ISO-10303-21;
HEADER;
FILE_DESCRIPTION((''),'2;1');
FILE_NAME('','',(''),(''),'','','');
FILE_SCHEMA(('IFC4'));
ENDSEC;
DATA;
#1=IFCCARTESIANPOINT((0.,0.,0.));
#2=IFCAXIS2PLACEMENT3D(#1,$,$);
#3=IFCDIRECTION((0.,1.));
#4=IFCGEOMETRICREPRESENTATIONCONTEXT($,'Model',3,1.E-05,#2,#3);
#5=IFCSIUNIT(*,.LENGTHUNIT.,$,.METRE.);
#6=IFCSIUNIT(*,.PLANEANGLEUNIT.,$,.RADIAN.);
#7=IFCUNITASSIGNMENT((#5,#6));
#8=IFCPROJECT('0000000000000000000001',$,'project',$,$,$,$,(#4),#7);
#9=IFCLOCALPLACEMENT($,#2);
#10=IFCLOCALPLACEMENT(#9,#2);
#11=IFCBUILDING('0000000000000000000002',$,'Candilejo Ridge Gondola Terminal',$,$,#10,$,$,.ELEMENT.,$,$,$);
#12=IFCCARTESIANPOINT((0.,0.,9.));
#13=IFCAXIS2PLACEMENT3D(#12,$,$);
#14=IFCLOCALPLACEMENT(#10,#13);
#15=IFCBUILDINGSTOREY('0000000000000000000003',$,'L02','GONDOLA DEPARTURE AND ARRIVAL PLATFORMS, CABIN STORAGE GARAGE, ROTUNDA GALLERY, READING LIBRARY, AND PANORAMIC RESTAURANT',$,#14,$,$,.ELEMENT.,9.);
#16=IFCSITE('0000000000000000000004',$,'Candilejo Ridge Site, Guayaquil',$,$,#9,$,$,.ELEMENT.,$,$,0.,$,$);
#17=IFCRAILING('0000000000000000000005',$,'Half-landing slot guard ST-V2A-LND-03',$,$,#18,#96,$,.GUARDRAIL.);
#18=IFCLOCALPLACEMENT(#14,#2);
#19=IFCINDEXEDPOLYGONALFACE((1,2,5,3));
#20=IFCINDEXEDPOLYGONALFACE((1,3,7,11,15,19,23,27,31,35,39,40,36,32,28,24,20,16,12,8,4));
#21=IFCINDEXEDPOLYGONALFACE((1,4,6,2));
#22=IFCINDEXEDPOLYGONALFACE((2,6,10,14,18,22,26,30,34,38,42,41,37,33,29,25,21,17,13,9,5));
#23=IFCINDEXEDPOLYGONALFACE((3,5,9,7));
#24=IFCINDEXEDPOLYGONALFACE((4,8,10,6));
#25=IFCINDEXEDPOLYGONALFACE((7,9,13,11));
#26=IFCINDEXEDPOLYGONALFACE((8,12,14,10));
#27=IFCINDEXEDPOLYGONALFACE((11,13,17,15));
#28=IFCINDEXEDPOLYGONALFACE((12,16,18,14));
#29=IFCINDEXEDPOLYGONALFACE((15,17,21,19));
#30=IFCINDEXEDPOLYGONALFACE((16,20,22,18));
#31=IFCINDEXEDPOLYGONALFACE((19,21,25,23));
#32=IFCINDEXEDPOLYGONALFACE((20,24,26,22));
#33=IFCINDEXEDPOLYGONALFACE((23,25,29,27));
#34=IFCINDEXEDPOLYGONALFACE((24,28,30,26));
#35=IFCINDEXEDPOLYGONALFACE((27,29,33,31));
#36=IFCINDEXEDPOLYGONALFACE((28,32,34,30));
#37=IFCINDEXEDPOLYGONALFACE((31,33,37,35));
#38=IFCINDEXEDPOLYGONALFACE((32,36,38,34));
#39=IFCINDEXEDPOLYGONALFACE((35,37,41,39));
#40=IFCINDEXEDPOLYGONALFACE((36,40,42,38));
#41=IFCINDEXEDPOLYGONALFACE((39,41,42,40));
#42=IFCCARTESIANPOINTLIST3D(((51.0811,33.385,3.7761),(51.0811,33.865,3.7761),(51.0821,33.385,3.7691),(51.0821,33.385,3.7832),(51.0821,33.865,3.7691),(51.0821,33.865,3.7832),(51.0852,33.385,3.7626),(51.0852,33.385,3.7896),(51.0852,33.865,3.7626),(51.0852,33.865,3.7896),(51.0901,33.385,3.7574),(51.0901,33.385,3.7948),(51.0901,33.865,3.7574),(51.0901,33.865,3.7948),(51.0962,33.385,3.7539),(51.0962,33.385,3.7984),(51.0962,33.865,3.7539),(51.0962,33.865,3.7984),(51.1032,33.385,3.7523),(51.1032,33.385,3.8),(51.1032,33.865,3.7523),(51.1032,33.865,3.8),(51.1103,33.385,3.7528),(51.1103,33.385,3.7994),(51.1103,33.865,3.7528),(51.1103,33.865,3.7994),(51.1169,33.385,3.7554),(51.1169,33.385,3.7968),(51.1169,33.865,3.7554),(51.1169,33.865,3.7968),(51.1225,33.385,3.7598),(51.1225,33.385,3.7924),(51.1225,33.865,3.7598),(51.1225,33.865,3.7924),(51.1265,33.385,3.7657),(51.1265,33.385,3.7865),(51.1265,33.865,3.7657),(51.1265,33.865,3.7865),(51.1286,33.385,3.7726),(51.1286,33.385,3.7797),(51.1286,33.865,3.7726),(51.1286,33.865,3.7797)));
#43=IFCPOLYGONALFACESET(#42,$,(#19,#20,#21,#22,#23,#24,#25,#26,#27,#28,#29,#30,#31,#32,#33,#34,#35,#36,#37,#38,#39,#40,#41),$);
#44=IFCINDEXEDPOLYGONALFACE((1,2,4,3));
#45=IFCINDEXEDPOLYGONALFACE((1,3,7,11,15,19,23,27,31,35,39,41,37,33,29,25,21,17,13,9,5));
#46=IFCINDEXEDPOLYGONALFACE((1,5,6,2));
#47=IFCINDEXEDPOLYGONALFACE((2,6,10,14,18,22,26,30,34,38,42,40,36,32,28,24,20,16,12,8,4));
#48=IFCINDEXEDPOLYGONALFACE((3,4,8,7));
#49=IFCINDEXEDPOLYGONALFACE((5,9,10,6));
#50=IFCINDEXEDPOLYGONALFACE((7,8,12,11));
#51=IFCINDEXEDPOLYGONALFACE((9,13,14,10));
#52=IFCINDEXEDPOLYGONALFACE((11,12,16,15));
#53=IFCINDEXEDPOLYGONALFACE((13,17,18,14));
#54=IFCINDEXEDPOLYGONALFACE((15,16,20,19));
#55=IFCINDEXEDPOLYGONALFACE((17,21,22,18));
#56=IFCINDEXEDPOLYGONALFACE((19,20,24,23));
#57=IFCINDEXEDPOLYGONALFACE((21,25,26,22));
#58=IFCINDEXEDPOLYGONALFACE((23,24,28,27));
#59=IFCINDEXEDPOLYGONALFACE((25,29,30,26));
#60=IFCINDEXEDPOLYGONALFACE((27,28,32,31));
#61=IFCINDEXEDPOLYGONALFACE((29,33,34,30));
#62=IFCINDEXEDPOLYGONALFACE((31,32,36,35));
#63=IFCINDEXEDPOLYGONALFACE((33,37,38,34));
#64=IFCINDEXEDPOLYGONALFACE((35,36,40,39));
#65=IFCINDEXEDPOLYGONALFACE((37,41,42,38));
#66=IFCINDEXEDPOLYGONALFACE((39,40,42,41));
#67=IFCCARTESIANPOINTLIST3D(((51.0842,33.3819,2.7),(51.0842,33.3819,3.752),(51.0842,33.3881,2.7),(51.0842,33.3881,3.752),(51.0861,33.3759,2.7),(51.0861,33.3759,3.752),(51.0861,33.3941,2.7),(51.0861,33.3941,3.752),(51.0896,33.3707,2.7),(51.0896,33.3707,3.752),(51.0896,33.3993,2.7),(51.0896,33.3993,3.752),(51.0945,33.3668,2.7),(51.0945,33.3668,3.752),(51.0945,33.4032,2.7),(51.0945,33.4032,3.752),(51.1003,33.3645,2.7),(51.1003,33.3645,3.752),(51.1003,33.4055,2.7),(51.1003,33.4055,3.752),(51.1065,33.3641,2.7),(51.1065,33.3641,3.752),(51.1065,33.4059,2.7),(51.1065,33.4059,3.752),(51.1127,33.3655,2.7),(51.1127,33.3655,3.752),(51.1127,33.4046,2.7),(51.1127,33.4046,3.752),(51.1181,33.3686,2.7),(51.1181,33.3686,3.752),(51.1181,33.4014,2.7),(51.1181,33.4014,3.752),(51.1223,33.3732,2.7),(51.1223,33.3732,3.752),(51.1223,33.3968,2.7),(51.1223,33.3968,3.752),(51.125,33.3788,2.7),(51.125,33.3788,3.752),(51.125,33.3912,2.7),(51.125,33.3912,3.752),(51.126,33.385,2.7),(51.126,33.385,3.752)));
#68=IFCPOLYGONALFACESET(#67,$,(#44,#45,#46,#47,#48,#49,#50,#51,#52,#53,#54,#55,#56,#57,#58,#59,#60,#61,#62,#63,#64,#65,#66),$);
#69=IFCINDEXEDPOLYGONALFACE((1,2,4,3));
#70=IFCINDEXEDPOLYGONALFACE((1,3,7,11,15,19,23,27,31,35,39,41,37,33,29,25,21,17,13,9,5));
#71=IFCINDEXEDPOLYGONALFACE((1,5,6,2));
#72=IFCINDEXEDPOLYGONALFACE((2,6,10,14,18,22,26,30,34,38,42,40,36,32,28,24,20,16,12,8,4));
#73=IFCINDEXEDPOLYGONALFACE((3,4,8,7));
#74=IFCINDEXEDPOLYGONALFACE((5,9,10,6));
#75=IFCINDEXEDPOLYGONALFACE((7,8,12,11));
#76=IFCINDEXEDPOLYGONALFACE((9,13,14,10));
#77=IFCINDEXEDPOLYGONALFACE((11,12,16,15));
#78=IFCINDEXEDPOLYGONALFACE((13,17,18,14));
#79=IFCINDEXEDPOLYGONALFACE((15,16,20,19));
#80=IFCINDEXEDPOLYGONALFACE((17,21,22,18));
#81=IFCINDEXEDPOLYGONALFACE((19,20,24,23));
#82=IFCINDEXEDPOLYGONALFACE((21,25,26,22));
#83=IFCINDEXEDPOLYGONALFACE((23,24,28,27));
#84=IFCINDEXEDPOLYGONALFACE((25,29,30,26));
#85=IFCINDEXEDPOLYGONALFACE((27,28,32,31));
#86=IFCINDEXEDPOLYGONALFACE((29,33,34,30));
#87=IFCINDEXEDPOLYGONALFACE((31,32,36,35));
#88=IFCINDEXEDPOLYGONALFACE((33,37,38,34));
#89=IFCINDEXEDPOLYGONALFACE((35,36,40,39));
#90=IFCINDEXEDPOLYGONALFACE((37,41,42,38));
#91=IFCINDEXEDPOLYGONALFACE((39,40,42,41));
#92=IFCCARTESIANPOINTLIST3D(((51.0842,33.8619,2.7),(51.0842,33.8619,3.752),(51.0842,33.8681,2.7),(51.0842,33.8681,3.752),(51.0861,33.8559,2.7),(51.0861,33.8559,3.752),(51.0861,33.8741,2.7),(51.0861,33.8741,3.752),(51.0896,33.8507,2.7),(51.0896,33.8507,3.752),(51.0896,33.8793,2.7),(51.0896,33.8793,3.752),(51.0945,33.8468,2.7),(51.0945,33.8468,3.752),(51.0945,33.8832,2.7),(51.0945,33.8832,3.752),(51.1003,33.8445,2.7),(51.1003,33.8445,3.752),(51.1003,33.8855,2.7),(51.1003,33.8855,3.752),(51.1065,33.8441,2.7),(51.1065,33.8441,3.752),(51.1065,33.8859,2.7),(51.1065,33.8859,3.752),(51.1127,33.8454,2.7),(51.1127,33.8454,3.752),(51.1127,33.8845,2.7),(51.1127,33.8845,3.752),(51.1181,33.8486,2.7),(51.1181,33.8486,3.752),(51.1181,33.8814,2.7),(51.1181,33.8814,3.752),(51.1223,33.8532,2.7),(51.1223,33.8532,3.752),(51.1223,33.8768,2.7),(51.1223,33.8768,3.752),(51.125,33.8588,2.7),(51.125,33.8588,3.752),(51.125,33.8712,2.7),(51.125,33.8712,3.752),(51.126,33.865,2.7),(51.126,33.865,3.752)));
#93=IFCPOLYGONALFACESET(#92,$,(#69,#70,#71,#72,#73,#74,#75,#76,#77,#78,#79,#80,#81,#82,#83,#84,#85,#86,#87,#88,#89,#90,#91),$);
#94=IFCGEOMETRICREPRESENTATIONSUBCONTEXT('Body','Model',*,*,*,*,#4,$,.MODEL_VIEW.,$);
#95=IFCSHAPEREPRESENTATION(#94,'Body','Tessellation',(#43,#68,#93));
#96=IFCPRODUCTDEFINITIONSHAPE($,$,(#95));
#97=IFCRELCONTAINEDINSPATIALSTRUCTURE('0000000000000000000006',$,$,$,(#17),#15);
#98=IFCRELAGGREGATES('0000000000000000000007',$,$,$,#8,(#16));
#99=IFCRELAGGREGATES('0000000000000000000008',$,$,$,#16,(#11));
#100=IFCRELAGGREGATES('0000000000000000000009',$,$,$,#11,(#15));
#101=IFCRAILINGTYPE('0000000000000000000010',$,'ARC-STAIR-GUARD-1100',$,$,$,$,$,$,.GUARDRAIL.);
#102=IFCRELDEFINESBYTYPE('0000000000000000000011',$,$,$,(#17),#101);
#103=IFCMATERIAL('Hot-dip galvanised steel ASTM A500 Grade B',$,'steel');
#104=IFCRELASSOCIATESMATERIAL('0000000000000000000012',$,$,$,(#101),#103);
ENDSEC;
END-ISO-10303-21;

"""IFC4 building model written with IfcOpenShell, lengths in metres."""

from ifc_helpers import new_model, si_unit, direction, frame, origin, origin_2d, place, context, subcontext, project, spatial, circle, extrude, material, type_object, element, save


model = new_model("IFC4")

# Units and contexts
model_context = context("Model", 3, precision=1e-05, world=origin(), true_north=direction((0.0, 1.0)))
body_context = subcontext(model_context, "Body", "Model", "MODEL_VIEW")
ifc_project = project(units=[si_unit("LENGTHUNIT", "METRE"), si_unit("PLANEANGLEUNIT", "RADIAN")], contexts=[model_context])

# Site, building, storey
site_placement = place(None, origin())
site = spatial("IfcSite", under=ifc_project, at=site_placement, Name="Candilejo Ridge Site, Guayaquil", CompositionType="ELEMENT", RefElevation=0.0)
building_placement = place(site_placement, origin())
building = spatial("IfcBuilding", under=site, at=building_placement, Name="Candilejo Ridge Gondola Terminal", CompositionType="ELEMENT")
storey_placement = place(building_placement, frame((0.0, 0.0, 9.0)))
storey = spatial("IfcBuildingStorey", under=building, at=storey_placement, Name="L02", Description="GONDOLA DEPARTURE AND ARRIVAL PLATFORMS, CABIN STORAGE GARAGE, ROTUNDA GALLERY, READING LIBRARY, AND PANORAMIC RESTAURANT", CompositionType="ELEMENT", Elevation=9.0)

# Railing
ifc_material_1 = material(Name="Hot-dip galvanised steel ASTM A500 Grade B", Category="steel")
railing_type_1 = type_object("IfcRailingType", Name="ARC-STAIR-GUARD-1100", PredefinedType="GUARDRAIL", material=ifc_material_1)
railing_1_placement = place(storey_placement, frame((51.105, 33.385, 2.7)))
element("IfcRailing", 1, at=railing_1_placement, inside=storey, type_object=railing_type_1, Name="Half-landing slot guard ST-V2A-LND-03", PredefinedType="GUARDRAIL", context=body_context, shape_type="SweptSolid", body=[
    extrude(circle(Radius=0.0239, at=origin_2d()), frame((0.0, 0.0, 1.0762), z_axis=(0.0, 1.0, 0.0), x_axis=(-1.0, 0.0, 0.0)), (0.0, 0.0, 1.0), 0.48),
    extrude(circle(Radius=0.021, at=origin_2d()), origin(), (0.0, 0.0, 1.0), 1.052),
    extrude(circle(Radius=0.021, at=origin_2d()), frame((0.0, 0.48, 0.0)), (0.0, 0.0, 1.0), 1.052),
])

save(model, "model.ifc")
